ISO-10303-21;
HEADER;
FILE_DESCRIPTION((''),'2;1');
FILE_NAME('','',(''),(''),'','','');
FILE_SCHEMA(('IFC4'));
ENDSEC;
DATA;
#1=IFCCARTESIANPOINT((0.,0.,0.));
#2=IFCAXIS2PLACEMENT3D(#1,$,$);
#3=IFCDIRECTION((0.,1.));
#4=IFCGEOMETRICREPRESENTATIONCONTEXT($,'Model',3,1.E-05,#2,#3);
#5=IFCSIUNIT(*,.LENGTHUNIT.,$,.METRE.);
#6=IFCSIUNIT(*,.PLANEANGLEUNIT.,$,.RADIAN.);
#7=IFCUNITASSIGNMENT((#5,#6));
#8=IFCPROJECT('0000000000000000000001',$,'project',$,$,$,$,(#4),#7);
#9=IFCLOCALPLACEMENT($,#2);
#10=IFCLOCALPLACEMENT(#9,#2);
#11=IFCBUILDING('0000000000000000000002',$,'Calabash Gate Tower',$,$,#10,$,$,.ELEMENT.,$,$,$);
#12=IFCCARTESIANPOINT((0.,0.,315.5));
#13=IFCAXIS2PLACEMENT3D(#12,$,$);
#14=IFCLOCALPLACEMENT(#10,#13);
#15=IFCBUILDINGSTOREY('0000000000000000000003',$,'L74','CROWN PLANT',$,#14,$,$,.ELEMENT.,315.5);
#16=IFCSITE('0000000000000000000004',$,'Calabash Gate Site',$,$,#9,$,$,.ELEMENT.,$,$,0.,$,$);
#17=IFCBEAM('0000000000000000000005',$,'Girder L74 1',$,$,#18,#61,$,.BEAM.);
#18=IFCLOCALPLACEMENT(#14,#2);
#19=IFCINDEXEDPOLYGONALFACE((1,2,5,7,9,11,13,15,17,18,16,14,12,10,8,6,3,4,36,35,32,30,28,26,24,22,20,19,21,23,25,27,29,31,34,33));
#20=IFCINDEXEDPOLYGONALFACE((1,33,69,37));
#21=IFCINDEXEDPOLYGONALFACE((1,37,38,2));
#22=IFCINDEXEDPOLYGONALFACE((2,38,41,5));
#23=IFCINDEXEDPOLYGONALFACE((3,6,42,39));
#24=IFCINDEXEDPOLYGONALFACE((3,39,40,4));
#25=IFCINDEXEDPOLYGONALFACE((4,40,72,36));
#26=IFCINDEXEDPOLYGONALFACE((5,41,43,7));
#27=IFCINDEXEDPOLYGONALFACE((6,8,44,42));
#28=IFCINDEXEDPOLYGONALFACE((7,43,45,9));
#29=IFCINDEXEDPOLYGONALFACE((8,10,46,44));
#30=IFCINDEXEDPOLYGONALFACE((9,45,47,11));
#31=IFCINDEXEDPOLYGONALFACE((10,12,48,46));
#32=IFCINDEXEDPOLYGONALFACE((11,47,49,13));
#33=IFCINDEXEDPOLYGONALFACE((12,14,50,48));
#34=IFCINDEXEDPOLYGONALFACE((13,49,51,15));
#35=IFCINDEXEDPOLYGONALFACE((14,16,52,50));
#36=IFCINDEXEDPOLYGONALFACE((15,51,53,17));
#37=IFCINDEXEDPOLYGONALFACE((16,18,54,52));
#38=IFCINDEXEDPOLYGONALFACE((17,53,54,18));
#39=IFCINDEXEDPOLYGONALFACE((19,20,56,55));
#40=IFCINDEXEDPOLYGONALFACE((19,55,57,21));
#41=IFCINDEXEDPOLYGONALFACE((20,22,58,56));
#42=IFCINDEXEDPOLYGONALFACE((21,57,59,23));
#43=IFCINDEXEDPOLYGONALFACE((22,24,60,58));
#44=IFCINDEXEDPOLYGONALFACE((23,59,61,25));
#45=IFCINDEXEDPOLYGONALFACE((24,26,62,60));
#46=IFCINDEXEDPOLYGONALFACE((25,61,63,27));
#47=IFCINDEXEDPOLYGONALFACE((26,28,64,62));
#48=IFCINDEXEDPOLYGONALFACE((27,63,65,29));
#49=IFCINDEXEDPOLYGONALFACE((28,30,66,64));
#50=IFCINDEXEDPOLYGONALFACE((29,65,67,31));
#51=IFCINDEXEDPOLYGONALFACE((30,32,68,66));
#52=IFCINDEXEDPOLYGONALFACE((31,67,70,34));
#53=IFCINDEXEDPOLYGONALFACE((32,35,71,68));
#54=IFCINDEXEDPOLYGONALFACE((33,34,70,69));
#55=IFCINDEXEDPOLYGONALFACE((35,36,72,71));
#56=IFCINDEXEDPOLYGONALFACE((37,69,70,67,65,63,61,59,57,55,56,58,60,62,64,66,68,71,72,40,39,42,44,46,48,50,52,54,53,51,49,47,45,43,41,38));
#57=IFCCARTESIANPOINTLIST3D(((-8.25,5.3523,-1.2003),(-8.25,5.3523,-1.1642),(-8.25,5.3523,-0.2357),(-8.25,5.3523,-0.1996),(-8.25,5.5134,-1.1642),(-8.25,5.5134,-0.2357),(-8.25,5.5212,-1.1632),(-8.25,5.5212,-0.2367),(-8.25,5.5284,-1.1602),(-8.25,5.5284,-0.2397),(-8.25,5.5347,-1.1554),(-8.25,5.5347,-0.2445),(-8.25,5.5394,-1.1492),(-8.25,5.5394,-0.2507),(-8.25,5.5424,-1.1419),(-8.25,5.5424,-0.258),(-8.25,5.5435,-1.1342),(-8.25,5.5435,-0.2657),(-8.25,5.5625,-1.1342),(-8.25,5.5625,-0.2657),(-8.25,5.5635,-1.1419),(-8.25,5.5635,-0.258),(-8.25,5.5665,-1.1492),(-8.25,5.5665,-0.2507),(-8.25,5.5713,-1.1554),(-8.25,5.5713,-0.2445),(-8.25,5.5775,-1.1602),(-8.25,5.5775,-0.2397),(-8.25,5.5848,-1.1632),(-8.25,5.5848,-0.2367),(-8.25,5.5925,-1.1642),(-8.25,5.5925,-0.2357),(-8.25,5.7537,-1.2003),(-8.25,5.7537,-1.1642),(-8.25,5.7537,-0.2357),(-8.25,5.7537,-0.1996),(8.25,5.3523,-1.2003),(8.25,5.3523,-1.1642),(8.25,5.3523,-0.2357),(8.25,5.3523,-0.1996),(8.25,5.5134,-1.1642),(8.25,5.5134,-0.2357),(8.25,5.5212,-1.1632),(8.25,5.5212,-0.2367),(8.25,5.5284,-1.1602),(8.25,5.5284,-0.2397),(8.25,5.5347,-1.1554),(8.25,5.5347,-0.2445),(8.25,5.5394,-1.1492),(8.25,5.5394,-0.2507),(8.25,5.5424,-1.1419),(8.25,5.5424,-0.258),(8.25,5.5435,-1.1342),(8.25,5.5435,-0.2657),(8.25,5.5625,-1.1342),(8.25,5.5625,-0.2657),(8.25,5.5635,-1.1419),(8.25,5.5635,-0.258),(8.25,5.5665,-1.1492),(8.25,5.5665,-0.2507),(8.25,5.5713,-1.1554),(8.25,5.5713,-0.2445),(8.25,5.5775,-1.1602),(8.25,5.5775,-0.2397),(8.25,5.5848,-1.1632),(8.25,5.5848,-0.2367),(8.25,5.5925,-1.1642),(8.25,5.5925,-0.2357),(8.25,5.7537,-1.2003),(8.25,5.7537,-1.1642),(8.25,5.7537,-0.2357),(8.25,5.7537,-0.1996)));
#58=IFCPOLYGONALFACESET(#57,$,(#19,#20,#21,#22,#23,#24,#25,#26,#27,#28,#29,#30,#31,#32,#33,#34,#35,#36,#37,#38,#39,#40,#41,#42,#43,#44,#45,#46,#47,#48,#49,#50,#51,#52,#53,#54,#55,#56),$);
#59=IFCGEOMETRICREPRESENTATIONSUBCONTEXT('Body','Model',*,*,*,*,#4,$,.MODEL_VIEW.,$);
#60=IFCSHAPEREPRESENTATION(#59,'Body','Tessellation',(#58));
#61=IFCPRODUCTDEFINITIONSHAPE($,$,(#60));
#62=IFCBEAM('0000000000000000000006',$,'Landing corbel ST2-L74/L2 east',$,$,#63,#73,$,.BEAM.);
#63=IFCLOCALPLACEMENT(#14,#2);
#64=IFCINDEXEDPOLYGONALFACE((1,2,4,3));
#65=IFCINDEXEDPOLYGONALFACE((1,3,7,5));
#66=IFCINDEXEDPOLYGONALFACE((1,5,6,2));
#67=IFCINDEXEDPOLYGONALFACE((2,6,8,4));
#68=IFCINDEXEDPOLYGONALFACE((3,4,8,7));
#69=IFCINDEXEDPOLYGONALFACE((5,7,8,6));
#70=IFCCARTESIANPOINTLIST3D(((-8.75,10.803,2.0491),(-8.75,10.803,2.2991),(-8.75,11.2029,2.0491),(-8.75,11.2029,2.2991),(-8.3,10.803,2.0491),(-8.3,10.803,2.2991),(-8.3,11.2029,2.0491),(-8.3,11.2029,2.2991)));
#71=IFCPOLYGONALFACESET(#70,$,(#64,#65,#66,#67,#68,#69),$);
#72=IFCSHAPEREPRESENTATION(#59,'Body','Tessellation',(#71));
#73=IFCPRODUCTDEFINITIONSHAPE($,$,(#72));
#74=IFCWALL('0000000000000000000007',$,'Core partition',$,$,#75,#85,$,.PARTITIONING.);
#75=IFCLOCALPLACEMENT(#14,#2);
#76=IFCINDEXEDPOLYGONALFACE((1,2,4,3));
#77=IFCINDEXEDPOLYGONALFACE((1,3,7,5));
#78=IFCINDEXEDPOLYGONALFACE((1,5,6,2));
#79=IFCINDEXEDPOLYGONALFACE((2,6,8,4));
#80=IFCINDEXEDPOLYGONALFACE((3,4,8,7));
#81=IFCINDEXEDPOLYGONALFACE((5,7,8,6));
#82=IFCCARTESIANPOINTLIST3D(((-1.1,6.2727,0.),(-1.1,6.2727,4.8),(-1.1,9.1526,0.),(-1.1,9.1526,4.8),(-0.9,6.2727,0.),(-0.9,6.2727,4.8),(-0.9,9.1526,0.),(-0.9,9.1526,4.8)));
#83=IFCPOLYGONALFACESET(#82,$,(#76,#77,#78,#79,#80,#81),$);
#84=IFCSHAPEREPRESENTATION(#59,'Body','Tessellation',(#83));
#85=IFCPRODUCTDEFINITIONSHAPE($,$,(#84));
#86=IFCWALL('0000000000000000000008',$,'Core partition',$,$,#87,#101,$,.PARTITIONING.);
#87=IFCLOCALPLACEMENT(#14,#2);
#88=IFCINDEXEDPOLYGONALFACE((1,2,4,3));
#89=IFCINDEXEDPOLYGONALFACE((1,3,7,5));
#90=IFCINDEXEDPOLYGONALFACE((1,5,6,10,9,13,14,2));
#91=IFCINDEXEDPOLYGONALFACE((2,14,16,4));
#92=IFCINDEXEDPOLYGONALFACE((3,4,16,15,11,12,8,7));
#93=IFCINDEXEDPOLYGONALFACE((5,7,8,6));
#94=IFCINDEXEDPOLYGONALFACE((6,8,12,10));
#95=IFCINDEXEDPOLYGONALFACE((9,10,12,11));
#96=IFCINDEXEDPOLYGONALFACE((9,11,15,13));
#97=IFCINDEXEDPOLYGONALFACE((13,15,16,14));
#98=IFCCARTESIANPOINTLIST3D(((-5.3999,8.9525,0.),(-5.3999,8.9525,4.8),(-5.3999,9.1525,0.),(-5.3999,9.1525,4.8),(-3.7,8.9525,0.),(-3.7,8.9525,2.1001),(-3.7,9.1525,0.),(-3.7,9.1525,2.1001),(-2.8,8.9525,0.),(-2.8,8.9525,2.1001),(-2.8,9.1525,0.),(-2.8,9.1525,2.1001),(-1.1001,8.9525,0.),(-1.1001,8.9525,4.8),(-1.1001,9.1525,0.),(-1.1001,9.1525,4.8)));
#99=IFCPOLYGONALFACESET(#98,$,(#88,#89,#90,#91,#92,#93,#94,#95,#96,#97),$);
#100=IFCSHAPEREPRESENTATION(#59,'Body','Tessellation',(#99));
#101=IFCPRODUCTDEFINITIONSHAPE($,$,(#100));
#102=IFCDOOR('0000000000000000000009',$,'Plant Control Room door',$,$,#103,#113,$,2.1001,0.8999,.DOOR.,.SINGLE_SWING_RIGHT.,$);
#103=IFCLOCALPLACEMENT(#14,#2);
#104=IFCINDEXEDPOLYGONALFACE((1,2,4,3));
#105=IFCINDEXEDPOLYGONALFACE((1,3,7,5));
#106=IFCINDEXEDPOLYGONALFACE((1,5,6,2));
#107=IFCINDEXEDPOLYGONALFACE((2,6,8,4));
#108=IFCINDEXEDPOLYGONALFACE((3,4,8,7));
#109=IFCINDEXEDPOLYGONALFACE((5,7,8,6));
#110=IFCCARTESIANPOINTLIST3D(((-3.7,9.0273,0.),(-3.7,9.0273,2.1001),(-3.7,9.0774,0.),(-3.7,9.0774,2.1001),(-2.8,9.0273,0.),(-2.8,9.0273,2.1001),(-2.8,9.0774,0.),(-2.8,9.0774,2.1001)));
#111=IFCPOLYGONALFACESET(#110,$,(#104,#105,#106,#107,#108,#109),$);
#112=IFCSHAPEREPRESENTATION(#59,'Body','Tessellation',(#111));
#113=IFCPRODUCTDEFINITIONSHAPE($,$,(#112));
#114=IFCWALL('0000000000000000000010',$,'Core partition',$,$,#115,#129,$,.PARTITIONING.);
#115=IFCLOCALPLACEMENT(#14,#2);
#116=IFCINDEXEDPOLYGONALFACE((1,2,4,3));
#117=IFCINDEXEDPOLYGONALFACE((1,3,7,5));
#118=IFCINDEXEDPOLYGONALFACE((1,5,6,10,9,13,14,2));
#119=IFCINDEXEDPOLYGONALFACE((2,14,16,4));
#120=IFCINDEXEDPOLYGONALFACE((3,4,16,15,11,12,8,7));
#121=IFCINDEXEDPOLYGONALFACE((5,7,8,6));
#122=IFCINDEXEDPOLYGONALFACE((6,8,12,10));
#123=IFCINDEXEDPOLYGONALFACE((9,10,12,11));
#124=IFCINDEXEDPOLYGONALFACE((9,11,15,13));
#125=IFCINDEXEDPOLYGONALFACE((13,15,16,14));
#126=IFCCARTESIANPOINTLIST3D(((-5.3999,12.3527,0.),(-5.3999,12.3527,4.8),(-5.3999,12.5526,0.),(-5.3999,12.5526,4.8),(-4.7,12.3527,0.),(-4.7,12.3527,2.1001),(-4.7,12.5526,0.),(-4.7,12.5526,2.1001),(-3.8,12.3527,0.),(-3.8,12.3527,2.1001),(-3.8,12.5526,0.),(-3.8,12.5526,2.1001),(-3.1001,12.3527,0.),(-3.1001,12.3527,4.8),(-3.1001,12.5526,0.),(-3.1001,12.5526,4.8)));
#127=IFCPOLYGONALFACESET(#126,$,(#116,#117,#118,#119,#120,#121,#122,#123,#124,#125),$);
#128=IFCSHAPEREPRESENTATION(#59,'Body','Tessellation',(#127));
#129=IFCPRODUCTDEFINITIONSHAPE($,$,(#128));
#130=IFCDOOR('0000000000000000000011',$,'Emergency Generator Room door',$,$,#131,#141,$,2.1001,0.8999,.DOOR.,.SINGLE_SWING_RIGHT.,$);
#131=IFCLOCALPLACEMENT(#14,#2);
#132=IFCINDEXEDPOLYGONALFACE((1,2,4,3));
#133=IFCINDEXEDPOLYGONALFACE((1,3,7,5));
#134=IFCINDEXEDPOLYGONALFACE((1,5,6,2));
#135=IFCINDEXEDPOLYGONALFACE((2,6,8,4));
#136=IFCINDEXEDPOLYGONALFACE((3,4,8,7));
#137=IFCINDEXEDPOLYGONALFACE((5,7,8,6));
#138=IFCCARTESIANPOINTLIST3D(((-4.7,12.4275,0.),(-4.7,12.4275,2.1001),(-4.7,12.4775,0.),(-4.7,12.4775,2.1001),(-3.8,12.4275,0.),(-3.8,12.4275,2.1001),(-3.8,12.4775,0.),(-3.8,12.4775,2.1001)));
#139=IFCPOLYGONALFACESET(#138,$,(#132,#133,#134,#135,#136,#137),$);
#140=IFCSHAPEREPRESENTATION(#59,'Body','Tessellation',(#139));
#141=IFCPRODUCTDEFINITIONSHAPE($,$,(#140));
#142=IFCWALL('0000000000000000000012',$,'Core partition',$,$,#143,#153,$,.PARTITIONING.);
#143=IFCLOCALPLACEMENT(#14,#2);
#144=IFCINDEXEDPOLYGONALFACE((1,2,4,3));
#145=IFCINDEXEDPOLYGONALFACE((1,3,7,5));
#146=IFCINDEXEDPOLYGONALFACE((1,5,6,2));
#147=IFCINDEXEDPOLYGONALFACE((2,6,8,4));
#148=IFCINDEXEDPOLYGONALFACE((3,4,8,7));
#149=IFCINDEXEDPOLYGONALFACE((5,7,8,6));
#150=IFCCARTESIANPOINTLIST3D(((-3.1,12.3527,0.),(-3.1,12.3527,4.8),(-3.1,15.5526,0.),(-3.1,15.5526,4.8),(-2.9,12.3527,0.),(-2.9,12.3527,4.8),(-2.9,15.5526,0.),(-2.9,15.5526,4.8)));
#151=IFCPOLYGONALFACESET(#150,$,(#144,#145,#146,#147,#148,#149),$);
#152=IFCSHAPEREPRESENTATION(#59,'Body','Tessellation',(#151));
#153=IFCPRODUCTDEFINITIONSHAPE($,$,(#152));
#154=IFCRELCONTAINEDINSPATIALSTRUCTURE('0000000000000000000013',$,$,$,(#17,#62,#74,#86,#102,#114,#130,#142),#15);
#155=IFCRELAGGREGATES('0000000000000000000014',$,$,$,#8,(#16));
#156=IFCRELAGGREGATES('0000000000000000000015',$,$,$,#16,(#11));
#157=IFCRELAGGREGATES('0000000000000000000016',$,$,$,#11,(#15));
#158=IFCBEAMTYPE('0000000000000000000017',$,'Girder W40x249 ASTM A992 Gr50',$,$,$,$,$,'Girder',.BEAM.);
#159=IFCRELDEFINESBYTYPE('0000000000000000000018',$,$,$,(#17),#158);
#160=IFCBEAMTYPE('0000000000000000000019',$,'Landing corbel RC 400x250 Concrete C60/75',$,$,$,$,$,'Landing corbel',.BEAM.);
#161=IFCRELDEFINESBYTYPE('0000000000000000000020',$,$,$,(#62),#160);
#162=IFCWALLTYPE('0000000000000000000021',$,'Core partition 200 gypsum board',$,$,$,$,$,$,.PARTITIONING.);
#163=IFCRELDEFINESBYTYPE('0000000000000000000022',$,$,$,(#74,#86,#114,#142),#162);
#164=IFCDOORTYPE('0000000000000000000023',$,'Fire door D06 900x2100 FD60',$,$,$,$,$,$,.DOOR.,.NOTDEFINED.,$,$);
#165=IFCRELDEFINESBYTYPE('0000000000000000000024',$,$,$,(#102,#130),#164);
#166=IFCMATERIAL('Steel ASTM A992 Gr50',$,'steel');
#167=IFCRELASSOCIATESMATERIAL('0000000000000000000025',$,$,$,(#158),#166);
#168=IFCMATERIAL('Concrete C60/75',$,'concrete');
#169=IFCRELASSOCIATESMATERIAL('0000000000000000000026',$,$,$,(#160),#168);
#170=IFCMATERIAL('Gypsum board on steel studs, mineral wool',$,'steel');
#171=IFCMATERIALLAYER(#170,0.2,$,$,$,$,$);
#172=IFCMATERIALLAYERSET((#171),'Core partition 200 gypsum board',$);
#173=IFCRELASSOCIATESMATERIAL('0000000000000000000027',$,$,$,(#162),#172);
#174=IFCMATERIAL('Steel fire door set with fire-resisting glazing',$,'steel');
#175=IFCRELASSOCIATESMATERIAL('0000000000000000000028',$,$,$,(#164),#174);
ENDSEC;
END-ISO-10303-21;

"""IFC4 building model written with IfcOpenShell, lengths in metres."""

from ifc_helpers import new_model, si_unit, direction, frame, frame_2d, origin, origin_2d, place, context, subcontext, project, spatial, rectangle, i_section, extrude, material, layer, layer_set, material_profile, profile_set, type_object, element, fill, save


model = new_model("IFC4")

# Units and contexts
model_context = context("Model", 3, precision=1e-05, world=origin(), true_north=direction((0.0, 1.0)))
body_context = subcontext(model_context, "Body", "Model", "MODEL_VIEW")
ifc_project = project(units=[si_unit("LENGTHUNIT", "METRE"), si_unit("PLANEANGLEUNIT", "RADIAN")], contexts=[model_context])

# Site, building, storey
site_placement = place(None, origin())
site = spatial("IfcSite", under=ifc_project, at=site_placement, Name="Calabash Gate Site", CompositionType="ELEMENT", RefElevation=0.0)
building_placement = place(site_placement, origin())
building = spatial("IfcBuilding", under=site, at=building_placement, Name="Calabash Gate Tower", CompositionType="ELEMENT")
storey_placement = place(building_placement, frame((0.0, 0.0, 315.5)))
storey = spatial("IfcBuildingStorey", under=building, at=storey_placement, Name="L74", Description="CROWN PLANT", CompositionType="ELEMENT", Elevation=315.5)

# Beams
ifc_material_1 = material(Name="Steel ASTM A992 Gr50", Category="steel")
ifc_material_profile_1 = material_profile(ifc_material_1, i_section(OverallWidth=0.4014, OverallDepth=1.0007, WebThickness=0.019, FlangeThickness=0.0361, FilletRadius=0.03, at=origin_2d()))
ifc_profile_set_1 = profile_set([ifc_material_profile_1], Name="Steel ASTM A992 Gr50")
beam_type_1 = type_object("IfcBeamType", Name="Girder W40x249 ASTM A992 Gr50", ElementType="Girder", PredefinedType="BEAM", material=ifc_profile_set_1)
beam_1_placement = place(storey_placement, frame((-8.25, 5.553, -0.7), z_axis=(1.0, 0.0, 0.0), x_axis=(0.0, 1.0, 0.0)))
element("IfcBeam", 1, at=beam_1_placement, inside=storey, type_object=beam_type_1, Name="Girder L74 1", PredefinedType="BEAM", context=body_context, shape_type="SweptSolid", body=[
    extrude(i_section(OverallWidth=0.4014, OverallDepth=1.0007, WebThickness=0.019, FlangeThickness=0.0361, FilletRadius=0.03, at=origin_2d()), origin(), (0.0, 0.0, 1.0), 16.5),
])
ifc_material_2 = material(Name="Concrete C60/75", Category="concrete")
ifc_material_profile_2 = material_profile(ifc_material_2, rectangle(XDim=0.3999, YDim=0.25, at=origin_2d()))
ifc_profile_set_2 = profile_set([ifc_material_profile_2], Name="Concrete C60/75")
beam_type_2 = type_object("IfcBeamType", Name="Landing corbel RC 400x250 Concrete C60/75", ElementType="Landing corbel", PredefinedType="BEAM", material=ifc_profile_set_2)
beam_2_placement = place(storey_placement, frame((-8.3, 11.0029, 2.1741), z_axis=(-1.0, 0.0, 0.0), x_axis=(0.0, -1.0, 0.0)))
element("IfcBeam", 2, at=beam_2_placement, inside=storey, type_object=beam_type_2, Name="Landing corbel ST2-L74/L2 east", PredefinedType="BEAM", context=body_context, shape_type="SweptSolid", body=[
    extrude(rectangle(XDim=0.3999, YDim=0.25, at=origin_2d()), origin(), (0.0, 0.0, 1.0), 0.45),
])

# Wall
ifc_material_3 = material(Name="Gypsum board on steel studs, mineral wool", Category="steel")
ifc_layer_1 = layer(ifc_material_3, 0.2)
ifc_layer_set_1 = layer_set([ifc_layer_1], Name="Core partition 200 gypsum board")
wall_type_1 = type_object("IfcWallType", Name="Core partition 200 gypsum board", PredefinedType="PARTITIONING", material=ifc_layer_set_1)
wall_1_placement = place(storey_placement, frame((-1.0, 6.2727, 0.0), z_axis=(0.0, 0.0, 1.0), x_axis=(0.0, 1.0, 0.0)))
element("IfcWall", 3, at=wall_1_placement, inside=storey, type_object=wall_type_1, Name="Core partition", PredefinedType="PARTITIONING", context=body_context, shape_type="SweptSolid", body=[
    extrude(rectangle(XDim=2.8799, YDim=0.2, at=frame_2d((1.4399, 0.0))), origin(), (0.0, 0.0, 1.0), 4.8),
])

# Walls, openings, doors
wall_2_placement = place(storey_placement, frame((-5.3999, 9.0525, 0.0), z_axis=(0.0, 0.0, 1.0), x_axis=(1.0, 0.0, 0.0)))
wall_2 = element("IfcWall", 4, at=wall_2_placement, inside=storey, type_object=wall_type_1, Name="Core partition", PredefinedType="PARTITIONING", context=body_context, shape_type="SweptSolid", body=[
    extrude(rectangle(XDim=4.2998, YDim=0.2, at=frame_2d((2.1499, 0.0))), origin(), (0.0, 0.0, 1.0), 4.8),
])
opening_1_placement = place(wall_2_placement, frame((1.7, 0.0, 0.0)))
opening_1 = element("IfcOpeningElement", 5, at=opening_1_placement, cuts=wall_2, PredefinedType="OPENING", context=body_context, shape_type="SweptSolid", body=[
    extrude(rectangle(XDim=0.8999, YDim=2.1001, at=frame_2d((0.45, 1.05))), frame((0.0, 0.1099, 0.0), z_axis=(0.0, -1.0, 0.0), x_axis=(1.0, 0.0, 0.0)), (0.0, 0.0, 1.0), 0.22),
])
ifc_material_4 = material(Name="Steel fire door set with fire-resisting glazing", Category="steel")
door_type_1 = type_object("IfcDoorType", Name="Fire door D06 900x2100 FD60", OperationType="NOTDEFINED", PredefinedType="DOOR", material=ifc_material_4)
door_1_placement = place(opening_1_placement, origin())
door_1 = element("IfcDoor", 6, at=door_1_placement, inside=storey, type_object=door_type_1, Name="Plant Control Room door", OperationType="SINGLE_SWING_RIGHT", OverallHeight=2.1001, OverallWidth=0.8999, PredefinedType="DOOR", context=body_context, shape_type="SweptSolid", body=[
    extrude(rectangle(XDim=0.8999, YDim=2.1001, at=frame_2d((0.45, 1.05))), frame((0.0, 0.0249, 0.0), z_axis=(0.0, -1.0, 0.0), x_axis=(1.0, 0.0, 0.0)), (0.0, 0.0, 1.0), 0.05),
])
fill(opening_1, door_1)
wall_3_placement = place(storey_placement, frame((-5.3999, 12.4526, 0.0), z_axis=(0.0, 0.0, 1.0), x_axis=(1.0, 0.0, 0.0)))
wall_3 = element("IfcWall", 7, at=wall_3_placement, inside=storey, type_object=wall_type_1, Name="Core partition", PredefinedType="PARTITIONING", context=body_context, shape_type="SweptSolid", body=[
    extrude(rectangle(XDim=2.2998, YDim=0.2, at=frame_2d((1.1499, 0.0))), origin(), (0.0, 0.0, 1.0), 4.8),
])
opening_2_placement = place(wall_3_placement, frame((0.7, 0.0, 0.0)))
opening_2 = element("IfcOpeningElement", 8, at=opening_2_placement, cuts=wall_3, PredefinedType="OPENING", context=body_context, shape_type="SweptSolid", body=[
    extrude(rectangle(XDim=0.8999, YDim=2.1001, at=frame_2d((0.45, 1.05))), frame((0.0, 0.1099, 0.0), z_axis=(0.0, -1.0, 0.0), x_axis=(1.0, 0.0, 0.0)), (0.0, 0.0, 1.0), 0.22),
])
door_2_placement = place(opening_2_placement, origin())
door_2 = element("IfcDoor", 9, at=door_2_placement, inside=storey, type_object=door_type_1, Name="Emergency Generator Room door", OperationType="SINGLE_SWING_RIGHT", OverallHeight=2.1001, OverallWidth=0.8999, PredefinedType="DOOR", context=body_context, shape_type="SweptSolid", body=[
    extrude(rectangle(XDim=0.8999, YDim=2.1001, at=frame_2d((0.45, 1.05))), frame((0.0, 0.0249, 0.0), z_axis=(0.0, -1.0, 0.0), x_axis=(1.0, 0.0, 0.0)), (0.0, 0.0, 1.0), 0.05),
])
fill(opening_2, door_2)

# Wall
wall_4_placement = place(storey_placement, frame((-3.0, 12.3525, 0.0), z_axis=(0.0, 0.0, 1.0), x_axis=(0.0, 1.0, 0.0)))
element("IfcWall", 10, at=wall_4_placement, inside=storey, type_object=wall_type_1, Name="Core partition", PredefinedType="PARTITIONING", context=body_context, shape_type="SweptSolid", body=[
    extrude(rectangle(XDim=3.2, YDim=0.2, at=frame_2d((1.6001, 0.0))), origin(), (0.0, 0.0, 1.0), 4.8),
])

save(model, "model.ifc")
